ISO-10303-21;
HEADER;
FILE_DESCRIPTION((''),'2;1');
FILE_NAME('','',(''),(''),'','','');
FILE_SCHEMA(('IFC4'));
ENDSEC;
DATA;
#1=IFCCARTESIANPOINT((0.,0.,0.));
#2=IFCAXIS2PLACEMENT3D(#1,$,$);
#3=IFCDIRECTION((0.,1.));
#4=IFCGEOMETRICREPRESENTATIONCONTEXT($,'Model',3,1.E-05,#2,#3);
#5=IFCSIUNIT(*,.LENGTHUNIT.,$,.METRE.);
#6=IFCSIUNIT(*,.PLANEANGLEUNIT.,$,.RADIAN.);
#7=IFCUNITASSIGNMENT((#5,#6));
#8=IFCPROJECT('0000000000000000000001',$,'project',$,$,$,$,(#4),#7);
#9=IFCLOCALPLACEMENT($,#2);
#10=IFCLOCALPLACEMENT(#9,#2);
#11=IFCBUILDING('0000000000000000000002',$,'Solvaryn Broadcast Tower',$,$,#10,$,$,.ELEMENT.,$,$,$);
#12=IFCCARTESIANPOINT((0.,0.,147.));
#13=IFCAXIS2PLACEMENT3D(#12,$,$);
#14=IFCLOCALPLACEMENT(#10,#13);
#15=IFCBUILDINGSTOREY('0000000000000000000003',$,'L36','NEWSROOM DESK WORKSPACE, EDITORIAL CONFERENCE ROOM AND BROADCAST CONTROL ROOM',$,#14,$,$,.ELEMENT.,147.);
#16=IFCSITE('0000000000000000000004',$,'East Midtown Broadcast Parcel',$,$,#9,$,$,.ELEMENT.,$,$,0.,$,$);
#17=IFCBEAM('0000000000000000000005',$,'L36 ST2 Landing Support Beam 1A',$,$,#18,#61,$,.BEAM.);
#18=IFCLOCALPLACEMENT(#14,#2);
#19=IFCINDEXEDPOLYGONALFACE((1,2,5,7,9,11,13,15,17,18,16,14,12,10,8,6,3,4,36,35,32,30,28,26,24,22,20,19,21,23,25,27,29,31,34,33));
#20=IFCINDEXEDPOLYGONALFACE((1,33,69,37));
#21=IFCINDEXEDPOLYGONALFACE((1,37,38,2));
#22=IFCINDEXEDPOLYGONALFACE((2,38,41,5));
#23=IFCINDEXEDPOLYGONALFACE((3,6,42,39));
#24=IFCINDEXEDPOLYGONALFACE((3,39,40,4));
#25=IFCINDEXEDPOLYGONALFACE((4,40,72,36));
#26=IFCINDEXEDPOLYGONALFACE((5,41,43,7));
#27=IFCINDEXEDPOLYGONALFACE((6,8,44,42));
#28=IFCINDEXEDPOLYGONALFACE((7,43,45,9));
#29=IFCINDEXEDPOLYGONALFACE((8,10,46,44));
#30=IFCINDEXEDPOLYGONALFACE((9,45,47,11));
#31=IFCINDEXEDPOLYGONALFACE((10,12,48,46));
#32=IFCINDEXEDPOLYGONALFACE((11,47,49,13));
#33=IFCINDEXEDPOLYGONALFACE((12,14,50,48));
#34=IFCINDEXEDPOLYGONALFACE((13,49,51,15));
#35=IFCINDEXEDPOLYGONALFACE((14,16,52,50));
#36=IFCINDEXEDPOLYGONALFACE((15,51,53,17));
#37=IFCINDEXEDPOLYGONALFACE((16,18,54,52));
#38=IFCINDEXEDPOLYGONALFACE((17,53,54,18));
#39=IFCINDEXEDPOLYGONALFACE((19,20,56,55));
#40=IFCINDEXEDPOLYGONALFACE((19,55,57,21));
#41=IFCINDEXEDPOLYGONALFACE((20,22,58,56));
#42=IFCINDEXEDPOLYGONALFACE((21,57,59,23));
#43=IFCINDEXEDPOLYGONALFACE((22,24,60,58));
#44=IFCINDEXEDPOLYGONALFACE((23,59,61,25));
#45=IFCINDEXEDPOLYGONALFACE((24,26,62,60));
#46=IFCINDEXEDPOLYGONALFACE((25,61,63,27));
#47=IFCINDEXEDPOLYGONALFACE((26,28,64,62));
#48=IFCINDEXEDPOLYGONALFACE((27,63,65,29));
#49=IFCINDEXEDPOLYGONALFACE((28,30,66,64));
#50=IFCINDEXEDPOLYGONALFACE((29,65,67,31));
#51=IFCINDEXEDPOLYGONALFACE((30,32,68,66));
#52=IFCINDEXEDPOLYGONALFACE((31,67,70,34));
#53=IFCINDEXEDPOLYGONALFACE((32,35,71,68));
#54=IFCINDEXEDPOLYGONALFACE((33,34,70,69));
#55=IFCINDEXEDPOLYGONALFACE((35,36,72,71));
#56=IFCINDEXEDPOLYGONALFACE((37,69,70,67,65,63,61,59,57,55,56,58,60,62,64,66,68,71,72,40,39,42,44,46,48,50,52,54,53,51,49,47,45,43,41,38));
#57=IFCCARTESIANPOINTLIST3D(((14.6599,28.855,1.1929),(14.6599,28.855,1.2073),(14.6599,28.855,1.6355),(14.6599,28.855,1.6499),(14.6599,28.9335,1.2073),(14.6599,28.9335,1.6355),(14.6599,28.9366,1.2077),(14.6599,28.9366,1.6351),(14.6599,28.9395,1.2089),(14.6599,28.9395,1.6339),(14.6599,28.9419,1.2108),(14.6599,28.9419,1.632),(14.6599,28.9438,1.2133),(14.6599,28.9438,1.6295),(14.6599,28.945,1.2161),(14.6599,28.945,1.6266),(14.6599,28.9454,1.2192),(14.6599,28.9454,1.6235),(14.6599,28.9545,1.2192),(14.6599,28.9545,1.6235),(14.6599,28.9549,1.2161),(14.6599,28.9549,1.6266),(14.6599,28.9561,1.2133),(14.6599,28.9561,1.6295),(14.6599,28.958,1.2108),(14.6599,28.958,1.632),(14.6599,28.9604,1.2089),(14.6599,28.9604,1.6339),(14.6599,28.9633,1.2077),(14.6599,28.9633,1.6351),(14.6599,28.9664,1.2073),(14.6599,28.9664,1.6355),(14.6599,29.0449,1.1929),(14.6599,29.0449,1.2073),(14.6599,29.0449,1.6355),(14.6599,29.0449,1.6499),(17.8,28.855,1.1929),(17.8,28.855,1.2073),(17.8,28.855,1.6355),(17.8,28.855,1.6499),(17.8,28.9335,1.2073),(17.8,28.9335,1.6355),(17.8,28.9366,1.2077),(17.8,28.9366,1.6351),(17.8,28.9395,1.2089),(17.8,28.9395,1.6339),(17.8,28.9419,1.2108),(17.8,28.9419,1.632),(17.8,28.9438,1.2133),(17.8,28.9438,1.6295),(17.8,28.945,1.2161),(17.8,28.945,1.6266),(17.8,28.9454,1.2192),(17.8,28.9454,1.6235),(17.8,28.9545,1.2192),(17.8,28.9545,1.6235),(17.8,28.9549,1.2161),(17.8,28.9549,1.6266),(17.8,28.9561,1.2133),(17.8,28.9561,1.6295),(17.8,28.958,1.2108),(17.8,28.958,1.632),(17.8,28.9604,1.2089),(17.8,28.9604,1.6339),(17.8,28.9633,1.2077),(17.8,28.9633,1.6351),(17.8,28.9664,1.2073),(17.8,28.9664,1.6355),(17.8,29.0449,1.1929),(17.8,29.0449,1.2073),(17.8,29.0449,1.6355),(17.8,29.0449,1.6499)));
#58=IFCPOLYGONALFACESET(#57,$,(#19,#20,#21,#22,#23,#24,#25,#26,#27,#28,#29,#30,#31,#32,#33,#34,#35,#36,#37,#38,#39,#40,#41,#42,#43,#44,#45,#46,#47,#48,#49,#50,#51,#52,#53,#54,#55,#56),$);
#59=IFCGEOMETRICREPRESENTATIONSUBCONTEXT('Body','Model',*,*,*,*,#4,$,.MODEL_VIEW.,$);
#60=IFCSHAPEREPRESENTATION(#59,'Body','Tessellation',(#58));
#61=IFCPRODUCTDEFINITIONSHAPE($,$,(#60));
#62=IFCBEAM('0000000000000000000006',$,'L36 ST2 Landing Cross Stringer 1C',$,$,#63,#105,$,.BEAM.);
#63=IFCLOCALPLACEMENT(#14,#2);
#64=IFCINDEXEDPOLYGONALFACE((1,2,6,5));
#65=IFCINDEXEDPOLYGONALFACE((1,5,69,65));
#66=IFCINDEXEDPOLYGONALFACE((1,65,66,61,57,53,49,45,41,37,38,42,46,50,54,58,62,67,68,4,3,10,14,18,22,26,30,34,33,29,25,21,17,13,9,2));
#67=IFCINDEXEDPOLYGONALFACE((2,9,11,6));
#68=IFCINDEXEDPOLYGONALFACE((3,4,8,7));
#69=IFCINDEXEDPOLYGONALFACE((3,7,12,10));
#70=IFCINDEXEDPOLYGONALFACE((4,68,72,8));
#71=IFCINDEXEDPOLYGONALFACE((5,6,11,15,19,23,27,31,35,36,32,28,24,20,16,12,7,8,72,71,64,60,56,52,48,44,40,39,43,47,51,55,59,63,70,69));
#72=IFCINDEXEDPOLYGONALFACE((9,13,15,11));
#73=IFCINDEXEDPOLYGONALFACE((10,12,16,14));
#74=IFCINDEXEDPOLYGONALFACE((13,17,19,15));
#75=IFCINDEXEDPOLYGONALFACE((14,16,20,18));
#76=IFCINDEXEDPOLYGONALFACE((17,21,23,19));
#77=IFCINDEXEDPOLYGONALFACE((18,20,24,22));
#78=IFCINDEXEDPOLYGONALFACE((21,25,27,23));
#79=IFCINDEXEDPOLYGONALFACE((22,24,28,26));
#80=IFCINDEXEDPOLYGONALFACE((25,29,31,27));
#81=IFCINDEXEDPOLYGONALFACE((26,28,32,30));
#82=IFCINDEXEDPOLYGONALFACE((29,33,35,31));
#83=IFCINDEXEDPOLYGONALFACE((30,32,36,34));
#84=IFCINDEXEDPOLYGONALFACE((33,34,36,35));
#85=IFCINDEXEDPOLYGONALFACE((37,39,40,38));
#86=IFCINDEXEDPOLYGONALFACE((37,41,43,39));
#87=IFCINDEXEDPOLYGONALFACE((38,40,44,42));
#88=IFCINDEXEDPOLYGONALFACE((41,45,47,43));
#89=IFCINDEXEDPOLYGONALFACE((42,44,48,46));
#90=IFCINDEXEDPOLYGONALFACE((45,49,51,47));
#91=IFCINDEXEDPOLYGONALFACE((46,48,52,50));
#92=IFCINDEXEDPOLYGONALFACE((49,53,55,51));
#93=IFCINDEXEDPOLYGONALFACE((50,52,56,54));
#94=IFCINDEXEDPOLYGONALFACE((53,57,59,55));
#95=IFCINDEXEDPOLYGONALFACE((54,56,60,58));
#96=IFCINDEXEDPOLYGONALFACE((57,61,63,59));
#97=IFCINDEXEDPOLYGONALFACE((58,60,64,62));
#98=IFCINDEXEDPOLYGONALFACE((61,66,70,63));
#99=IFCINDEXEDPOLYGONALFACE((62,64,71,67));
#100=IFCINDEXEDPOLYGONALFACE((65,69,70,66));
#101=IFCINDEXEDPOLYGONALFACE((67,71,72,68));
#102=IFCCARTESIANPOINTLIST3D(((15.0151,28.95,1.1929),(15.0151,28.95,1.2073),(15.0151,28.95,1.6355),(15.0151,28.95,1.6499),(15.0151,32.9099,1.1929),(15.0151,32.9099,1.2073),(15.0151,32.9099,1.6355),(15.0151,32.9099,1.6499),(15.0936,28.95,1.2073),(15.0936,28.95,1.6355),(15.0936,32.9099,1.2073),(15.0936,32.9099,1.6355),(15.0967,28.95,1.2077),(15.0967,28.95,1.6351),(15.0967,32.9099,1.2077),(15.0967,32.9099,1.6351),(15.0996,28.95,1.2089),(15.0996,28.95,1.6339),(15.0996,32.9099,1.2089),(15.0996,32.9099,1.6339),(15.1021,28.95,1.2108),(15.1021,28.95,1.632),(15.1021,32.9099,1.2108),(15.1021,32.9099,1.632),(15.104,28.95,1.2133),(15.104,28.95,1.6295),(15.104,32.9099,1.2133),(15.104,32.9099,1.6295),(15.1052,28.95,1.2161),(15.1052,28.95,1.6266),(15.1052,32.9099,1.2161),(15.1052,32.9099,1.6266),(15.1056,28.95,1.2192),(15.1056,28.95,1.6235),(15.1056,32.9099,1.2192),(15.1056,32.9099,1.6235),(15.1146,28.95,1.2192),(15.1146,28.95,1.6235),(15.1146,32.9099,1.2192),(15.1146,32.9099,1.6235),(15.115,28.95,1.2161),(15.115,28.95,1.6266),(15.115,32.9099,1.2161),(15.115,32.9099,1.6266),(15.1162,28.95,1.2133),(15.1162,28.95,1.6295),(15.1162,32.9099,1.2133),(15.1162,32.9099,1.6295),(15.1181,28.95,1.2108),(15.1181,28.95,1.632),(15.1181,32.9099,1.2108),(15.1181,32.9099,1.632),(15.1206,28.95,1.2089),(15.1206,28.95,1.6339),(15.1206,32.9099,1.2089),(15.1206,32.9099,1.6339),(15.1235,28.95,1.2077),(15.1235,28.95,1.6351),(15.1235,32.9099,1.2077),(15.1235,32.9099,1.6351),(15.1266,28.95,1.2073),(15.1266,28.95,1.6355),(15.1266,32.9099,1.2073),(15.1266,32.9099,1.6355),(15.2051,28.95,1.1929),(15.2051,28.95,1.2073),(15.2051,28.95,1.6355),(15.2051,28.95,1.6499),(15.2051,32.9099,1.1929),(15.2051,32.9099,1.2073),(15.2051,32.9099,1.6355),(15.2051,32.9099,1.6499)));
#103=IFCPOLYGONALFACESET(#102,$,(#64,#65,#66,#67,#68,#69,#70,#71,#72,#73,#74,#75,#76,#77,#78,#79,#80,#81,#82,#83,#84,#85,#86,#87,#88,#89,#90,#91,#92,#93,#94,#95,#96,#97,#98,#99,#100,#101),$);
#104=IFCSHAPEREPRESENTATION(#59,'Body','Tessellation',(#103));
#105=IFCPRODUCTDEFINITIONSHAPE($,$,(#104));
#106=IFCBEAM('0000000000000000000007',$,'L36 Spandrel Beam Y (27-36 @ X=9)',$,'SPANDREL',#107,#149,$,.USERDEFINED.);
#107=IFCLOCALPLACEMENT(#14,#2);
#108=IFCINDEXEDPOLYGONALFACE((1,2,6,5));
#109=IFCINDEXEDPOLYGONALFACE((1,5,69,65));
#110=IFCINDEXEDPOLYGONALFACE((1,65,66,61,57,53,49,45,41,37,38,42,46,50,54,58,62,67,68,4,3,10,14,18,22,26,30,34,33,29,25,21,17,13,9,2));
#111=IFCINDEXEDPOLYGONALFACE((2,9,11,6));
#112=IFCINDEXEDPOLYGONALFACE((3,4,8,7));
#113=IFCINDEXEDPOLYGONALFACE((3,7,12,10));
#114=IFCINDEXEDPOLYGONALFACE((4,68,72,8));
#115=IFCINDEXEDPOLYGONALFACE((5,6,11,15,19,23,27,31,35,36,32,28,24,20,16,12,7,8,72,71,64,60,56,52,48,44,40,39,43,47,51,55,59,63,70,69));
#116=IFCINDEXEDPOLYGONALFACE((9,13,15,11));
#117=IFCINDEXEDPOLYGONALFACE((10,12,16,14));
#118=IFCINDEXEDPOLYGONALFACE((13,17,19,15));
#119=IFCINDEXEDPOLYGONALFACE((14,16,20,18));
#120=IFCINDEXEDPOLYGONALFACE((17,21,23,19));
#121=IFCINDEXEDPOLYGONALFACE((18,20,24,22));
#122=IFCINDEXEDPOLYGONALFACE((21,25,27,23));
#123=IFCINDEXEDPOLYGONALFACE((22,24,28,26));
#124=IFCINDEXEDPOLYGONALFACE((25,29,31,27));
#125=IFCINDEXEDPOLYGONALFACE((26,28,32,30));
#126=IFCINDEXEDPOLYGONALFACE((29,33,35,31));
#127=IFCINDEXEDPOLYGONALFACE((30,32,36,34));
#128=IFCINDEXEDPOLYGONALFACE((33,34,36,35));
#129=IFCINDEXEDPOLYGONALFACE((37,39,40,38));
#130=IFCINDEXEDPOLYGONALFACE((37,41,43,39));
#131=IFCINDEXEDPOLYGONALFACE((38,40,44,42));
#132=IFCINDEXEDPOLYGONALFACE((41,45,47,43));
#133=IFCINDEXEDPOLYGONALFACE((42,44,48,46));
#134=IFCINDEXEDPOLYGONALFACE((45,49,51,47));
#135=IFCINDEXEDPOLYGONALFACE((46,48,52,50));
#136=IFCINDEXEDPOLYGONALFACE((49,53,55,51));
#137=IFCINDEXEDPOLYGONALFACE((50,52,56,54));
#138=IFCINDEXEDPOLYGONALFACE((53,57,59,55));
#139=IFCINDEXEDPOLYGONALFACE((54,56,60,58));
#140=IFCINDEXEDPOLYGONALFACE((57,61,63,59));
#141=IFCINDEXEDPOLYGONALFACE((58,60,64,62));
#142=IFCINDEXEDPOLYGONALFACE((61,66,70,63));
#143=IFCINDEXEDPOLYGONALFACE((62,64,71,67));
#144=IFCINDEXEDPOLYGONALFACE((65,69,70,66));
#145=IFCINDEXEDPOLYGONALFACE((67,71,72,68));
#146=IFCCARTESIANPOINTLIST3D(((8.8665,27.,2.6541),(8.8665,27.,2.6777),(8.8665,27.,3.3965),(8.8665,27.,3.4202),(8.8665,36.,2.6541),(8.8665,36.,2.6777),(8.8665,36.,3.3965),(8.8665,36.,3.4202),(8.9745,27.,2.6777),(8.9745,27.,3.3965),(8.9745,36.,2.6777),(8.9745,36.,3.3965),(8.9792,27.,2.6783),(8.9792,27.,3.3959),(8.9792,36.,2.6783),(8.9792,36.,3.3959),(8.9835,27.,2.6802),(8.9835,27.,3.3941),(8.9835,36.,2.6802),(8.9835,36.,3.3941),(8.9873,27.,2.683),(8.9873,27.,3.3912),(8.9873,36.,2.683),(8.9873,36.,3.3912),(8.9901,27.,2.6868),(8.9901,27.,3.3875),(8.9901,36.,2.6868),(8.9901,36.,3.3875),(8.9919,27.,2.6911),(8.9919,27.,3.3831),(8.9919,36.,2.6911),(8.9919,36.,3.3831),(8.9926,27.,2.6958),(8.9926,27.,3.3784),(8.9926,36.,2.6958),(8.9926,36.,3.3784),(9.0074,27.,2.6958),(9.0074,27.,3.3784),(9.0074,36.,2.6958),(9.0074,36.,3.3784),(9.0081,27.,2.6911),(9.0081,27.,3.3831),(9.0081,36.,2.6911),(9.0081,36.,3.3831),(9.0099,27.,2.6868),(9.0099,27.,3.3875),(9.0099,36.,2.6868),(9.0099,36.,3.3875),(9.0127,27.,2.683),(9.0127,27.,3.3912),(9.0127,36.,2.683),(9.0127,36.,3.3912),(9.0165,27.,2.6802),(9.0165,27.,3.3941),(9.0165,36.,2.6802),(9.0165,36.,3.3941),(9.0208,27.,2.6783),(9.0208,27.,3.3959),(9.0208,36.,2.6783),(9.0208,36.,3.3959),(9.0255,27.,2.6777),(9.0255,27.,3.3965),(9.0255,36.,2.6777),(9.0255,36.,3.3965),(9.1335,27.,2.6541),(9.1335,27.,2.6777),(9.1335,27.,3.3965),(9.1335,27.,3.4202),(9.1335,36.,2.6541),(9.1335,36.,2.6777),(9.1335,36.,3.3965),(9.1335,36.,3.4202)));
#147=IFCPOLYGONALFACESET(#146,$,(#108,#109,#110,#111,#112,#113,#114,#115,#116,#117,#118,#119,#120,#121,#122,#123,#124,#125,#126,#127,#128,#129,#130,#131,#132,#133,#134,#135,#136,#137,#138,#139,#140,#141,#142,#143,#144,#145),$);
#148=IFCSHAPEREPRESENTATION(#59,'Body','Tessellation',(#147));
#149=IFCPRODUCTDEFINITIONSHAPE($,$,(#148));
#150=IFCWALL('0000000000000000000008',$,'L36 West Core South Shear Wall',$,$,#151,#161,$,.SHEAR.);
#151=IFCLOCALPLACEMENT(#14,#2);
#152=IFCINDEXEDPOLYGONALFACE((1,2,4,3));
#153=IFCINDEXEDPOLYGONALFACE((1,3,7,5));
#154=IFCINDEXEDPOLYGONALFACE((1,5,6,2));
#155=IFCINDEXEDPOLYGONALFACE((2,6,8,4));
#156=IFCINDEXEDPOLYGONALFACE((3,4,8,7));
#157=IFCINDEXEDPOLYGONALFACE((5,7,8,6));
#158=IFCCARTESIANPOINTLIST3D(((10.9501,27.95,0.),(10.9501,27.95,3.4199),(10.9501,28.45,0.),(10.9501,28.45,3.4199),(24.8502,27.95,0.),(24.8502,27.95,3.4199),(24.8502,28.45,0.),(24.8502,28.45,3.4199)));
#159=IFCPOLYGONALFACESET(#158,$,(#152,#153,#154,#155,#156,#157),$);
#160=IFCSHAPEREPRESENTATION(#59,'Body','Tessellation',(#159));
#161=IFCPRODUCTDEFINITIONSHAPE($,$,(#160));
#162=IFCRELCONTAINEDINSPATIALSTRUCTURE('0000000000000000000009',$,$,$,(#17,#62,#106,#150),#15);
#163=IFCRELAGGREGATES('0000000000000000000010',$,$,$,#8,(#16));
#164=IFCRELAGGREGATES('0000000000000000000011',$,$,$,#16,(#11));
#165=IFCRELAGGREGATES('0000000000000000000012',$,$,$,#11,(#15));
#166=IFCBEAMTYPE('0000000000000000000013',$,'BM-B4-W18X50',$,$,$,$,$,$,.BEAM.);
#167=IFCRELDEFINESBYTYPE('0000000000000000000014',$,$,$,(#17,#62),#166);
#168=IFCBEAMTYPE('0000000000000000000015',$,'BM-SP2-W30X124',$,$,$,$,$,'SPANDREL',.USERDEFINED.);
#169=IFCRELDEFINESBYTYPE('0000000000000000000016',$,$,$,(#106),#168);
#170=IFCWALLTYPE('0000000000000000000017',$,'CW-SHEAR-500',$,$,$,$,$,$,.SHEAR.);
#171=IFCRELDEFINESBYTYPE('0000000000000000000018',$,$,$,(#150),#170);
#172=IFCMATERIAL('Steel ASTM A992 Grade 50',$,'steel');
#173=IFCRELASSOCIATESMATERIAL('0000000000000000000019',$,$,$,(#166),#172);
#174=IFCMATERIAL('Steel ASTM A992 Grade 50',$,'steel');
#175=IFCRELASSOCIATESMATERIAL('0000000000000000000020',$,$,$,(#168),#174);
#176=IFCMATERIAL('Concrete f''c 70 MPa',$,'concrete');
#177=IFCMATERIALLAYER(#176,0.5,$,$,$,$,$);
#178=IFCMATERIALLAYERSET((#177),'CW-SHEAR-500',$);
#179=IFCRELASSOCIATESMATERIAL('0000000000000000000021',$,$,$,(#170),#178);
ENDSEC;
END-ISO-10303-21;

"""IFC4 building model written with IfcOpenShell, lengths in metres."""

from ifc_helpers import new_model, si_unit, direction, frame, frame_2d, origin, origin_2d, place, context, subcontext, project, spatial, rectangle, i_section, extrude, material, layer, layer_set, material_profile, profile_set, type_object, element, save


model = new_model("IFC4")

# Units and contexts
model_context = context("Model", 3, precision=1e-05, world=origin(), true_north=direction((0.0, 1.0)))
body_context = subcontext(model_context, "Body", "Model", "MODEL_VIEW")
ifc_project = project(units=[si_unit("LENGTHUNIT", "METRE"), si_unit("PLANEANGLEUNIT", "RADIAN")], contexts=[model_context])

# Site, building, storey
site_placement = place(None, origin())
site = spatial("IfcSite", under=ifc_project, at=site_placement, Name="East Midtown Broadcast Parcel", CompositionType="ELEMENT", RefElevation=0.0)
building_placement = place(site_placement, origin())
building = spatial("IfcBuilding", under=site, at=building_placement, Name="Solvaryn Broadcast Tower", CompositionType="ELEMENT")
storey_placement = place(building_placement, frame((0.0, 0.0, 147.0)))
storey = spatial("IfcBuildingStorey", under=building, at=storey_placement, Name="L36", Description="NEWSROOM DESK WORKSPACE, EDITORIAL CONFERENCE ROOM AND BROADCAST CONTROL ROOM", CompositionType="ELEMENT", Elevation=147.0)

# Beams
ifc_material_1 = material(Name="Steel ASTM A992 Grade 50", Category="steel")
ifc_material_profile_1 = material_profile(ifc_material_1, i_section(OverallWidth=0.1899, OverallDepth=0.457, WebThickness=0.009, FlangeThickness=0.0144, FilletRadius=0.012, at=origin_2d()))
ifc_profile_set_1 = profile_set([ifc_material_profile_1], Name="Steel ASTM A992 Grade 50")
beam_type_1 = type_object("IfcBeamType", Name="BM-B4-W18X50", PredefinedType="BEAM", material=ifc_profile_set_1)
beam_1_placement = place(storey_placement, frame((14.6599, 28.95, 1.4214), z_axis=(1.0, 0.0, 0.0), x_axis=(0.0, 1.0, 0.0)))
element("IfcBeam", 1, at=beam_1_placement, inside=storey, type_object=beam_type_1, Name="L36 ST2 Landing Support Beam 1A", PredefinedType="BEAM", context=body_context, shape_type="SweptSolid", body=[
    extrude(i_section(OverallWidth=0.1899, OverallDepth=0.457, WebThickness=0.009, FlangeThickness=0.0144, FilletRadius=0.012, at=origin_2d()), origin(), (0.0, 0.0, 1.0), 3.1401),
])
beam_2_placement = place(storey_placement, frame((15.1101, 28.95, 1.4214), z_axis=(0.0, 1.0, 0.0), x_axis=(-1.0, 0.0, 0.0)))
element("IfcBeam", 2, at=beam_2_placement, inside=storey, type_object=beam_type_1, Name="L36 ST2 Landing Cross Stringer 1C", PredefinedType="BEAM", context=body_context, shape_type="SweptSolid", body=[
    extrude(i_section(OverallWidth=0.1899, OverallDepth=0.457, WebThickness=0.009, FlangeThickness=0.0144, FilletRadius=0.012, at=origin_2d()), origin(), (0.0, 0.0, 1.0), 3.96),
])
ifc_material_2 = material(Name="Steel ASTM A992 Grade 50", Category="steel")
ifc_material_profile_2 = material_profile(ifc_material_2, i_section(OverallWidth=0.2671, OverallDepth=0.7661, WebThickness=0.0149, FlangeThickness=0.0237, FilletRadius=0.0181, at=origin_2d()))
ifc_profile_set_2 = profile_set([ifc_material_profile_2], Name="Steel ASTM A992 Grade 50")
beam_type_2 = type_object("IfcBeamType", Name="BM-SP2-W30X124", ElementType="SPANDREL", PredefinedType="USERDEFINED", material=ifc_profile_set_2)
beam_3_placement = place(storey_placement, frame((9.0, 27.0, 3.0371), z_axis=(0.0, 1.0, 0.0), x_axis=(-1.0, 0.0, 0.0)))
element("IfcBeam", 3, at=beam_3_placement, inside=storey, type_object=beam_type_2, Name="L36 Spandrel Beam Y (27-36 @ X=9)", ObjectType="SPANDREL", PredefinedType="USERDEFINED", context=body_context, shape_type="SweptSolid", body=[
    extrude(i_section(OverallWidth=0.2671, OverallDepth=0.7661, WebThickness=0.0149, FlangeThickness=0.0237, FilletRadius=0.0181, at=origin_2d()), origin(), (0.0, 0.0, 1.0), 9.0),
])

# Wall
ifc_material_3 = material(Name="Concrete f'c 70 MPa", Category="concrete")
ifc_layer_1 = layer(ifc_material_3, 0.5)
ifc_layer_set_1 = layer_set([ifc_layer_1], Name="CW-SHEAR-500")
wall_type_1 = type_object("IfcWallType", Name="CW-SHEAR-500", PredefinedType="SHEAR", material=ifc_layer_set_1)
wall_1_placement = place(storey_placement, frame((10.95, 28.2, 0.0), z_axis=(0.0, 0.0, 1.0), x_axis=(1.0, 0.0, 0.0)))
element("IfcWall", 4, at=wall_1_placement, inside=storey, type_object=wall_type_1, Name="L36 West Core South Shear Wall", PredefinedType="SHEAR", context=body_context, shape_type="SweptSolid", body=[
    extrude(rectangle(XDim=13.9001, YDim=0.5, at=frame_2d((6.9502, 0.0))), origin(), (0.0, 0.0, 1.0), 3.4199),
])

save(model, "model.ifc")
